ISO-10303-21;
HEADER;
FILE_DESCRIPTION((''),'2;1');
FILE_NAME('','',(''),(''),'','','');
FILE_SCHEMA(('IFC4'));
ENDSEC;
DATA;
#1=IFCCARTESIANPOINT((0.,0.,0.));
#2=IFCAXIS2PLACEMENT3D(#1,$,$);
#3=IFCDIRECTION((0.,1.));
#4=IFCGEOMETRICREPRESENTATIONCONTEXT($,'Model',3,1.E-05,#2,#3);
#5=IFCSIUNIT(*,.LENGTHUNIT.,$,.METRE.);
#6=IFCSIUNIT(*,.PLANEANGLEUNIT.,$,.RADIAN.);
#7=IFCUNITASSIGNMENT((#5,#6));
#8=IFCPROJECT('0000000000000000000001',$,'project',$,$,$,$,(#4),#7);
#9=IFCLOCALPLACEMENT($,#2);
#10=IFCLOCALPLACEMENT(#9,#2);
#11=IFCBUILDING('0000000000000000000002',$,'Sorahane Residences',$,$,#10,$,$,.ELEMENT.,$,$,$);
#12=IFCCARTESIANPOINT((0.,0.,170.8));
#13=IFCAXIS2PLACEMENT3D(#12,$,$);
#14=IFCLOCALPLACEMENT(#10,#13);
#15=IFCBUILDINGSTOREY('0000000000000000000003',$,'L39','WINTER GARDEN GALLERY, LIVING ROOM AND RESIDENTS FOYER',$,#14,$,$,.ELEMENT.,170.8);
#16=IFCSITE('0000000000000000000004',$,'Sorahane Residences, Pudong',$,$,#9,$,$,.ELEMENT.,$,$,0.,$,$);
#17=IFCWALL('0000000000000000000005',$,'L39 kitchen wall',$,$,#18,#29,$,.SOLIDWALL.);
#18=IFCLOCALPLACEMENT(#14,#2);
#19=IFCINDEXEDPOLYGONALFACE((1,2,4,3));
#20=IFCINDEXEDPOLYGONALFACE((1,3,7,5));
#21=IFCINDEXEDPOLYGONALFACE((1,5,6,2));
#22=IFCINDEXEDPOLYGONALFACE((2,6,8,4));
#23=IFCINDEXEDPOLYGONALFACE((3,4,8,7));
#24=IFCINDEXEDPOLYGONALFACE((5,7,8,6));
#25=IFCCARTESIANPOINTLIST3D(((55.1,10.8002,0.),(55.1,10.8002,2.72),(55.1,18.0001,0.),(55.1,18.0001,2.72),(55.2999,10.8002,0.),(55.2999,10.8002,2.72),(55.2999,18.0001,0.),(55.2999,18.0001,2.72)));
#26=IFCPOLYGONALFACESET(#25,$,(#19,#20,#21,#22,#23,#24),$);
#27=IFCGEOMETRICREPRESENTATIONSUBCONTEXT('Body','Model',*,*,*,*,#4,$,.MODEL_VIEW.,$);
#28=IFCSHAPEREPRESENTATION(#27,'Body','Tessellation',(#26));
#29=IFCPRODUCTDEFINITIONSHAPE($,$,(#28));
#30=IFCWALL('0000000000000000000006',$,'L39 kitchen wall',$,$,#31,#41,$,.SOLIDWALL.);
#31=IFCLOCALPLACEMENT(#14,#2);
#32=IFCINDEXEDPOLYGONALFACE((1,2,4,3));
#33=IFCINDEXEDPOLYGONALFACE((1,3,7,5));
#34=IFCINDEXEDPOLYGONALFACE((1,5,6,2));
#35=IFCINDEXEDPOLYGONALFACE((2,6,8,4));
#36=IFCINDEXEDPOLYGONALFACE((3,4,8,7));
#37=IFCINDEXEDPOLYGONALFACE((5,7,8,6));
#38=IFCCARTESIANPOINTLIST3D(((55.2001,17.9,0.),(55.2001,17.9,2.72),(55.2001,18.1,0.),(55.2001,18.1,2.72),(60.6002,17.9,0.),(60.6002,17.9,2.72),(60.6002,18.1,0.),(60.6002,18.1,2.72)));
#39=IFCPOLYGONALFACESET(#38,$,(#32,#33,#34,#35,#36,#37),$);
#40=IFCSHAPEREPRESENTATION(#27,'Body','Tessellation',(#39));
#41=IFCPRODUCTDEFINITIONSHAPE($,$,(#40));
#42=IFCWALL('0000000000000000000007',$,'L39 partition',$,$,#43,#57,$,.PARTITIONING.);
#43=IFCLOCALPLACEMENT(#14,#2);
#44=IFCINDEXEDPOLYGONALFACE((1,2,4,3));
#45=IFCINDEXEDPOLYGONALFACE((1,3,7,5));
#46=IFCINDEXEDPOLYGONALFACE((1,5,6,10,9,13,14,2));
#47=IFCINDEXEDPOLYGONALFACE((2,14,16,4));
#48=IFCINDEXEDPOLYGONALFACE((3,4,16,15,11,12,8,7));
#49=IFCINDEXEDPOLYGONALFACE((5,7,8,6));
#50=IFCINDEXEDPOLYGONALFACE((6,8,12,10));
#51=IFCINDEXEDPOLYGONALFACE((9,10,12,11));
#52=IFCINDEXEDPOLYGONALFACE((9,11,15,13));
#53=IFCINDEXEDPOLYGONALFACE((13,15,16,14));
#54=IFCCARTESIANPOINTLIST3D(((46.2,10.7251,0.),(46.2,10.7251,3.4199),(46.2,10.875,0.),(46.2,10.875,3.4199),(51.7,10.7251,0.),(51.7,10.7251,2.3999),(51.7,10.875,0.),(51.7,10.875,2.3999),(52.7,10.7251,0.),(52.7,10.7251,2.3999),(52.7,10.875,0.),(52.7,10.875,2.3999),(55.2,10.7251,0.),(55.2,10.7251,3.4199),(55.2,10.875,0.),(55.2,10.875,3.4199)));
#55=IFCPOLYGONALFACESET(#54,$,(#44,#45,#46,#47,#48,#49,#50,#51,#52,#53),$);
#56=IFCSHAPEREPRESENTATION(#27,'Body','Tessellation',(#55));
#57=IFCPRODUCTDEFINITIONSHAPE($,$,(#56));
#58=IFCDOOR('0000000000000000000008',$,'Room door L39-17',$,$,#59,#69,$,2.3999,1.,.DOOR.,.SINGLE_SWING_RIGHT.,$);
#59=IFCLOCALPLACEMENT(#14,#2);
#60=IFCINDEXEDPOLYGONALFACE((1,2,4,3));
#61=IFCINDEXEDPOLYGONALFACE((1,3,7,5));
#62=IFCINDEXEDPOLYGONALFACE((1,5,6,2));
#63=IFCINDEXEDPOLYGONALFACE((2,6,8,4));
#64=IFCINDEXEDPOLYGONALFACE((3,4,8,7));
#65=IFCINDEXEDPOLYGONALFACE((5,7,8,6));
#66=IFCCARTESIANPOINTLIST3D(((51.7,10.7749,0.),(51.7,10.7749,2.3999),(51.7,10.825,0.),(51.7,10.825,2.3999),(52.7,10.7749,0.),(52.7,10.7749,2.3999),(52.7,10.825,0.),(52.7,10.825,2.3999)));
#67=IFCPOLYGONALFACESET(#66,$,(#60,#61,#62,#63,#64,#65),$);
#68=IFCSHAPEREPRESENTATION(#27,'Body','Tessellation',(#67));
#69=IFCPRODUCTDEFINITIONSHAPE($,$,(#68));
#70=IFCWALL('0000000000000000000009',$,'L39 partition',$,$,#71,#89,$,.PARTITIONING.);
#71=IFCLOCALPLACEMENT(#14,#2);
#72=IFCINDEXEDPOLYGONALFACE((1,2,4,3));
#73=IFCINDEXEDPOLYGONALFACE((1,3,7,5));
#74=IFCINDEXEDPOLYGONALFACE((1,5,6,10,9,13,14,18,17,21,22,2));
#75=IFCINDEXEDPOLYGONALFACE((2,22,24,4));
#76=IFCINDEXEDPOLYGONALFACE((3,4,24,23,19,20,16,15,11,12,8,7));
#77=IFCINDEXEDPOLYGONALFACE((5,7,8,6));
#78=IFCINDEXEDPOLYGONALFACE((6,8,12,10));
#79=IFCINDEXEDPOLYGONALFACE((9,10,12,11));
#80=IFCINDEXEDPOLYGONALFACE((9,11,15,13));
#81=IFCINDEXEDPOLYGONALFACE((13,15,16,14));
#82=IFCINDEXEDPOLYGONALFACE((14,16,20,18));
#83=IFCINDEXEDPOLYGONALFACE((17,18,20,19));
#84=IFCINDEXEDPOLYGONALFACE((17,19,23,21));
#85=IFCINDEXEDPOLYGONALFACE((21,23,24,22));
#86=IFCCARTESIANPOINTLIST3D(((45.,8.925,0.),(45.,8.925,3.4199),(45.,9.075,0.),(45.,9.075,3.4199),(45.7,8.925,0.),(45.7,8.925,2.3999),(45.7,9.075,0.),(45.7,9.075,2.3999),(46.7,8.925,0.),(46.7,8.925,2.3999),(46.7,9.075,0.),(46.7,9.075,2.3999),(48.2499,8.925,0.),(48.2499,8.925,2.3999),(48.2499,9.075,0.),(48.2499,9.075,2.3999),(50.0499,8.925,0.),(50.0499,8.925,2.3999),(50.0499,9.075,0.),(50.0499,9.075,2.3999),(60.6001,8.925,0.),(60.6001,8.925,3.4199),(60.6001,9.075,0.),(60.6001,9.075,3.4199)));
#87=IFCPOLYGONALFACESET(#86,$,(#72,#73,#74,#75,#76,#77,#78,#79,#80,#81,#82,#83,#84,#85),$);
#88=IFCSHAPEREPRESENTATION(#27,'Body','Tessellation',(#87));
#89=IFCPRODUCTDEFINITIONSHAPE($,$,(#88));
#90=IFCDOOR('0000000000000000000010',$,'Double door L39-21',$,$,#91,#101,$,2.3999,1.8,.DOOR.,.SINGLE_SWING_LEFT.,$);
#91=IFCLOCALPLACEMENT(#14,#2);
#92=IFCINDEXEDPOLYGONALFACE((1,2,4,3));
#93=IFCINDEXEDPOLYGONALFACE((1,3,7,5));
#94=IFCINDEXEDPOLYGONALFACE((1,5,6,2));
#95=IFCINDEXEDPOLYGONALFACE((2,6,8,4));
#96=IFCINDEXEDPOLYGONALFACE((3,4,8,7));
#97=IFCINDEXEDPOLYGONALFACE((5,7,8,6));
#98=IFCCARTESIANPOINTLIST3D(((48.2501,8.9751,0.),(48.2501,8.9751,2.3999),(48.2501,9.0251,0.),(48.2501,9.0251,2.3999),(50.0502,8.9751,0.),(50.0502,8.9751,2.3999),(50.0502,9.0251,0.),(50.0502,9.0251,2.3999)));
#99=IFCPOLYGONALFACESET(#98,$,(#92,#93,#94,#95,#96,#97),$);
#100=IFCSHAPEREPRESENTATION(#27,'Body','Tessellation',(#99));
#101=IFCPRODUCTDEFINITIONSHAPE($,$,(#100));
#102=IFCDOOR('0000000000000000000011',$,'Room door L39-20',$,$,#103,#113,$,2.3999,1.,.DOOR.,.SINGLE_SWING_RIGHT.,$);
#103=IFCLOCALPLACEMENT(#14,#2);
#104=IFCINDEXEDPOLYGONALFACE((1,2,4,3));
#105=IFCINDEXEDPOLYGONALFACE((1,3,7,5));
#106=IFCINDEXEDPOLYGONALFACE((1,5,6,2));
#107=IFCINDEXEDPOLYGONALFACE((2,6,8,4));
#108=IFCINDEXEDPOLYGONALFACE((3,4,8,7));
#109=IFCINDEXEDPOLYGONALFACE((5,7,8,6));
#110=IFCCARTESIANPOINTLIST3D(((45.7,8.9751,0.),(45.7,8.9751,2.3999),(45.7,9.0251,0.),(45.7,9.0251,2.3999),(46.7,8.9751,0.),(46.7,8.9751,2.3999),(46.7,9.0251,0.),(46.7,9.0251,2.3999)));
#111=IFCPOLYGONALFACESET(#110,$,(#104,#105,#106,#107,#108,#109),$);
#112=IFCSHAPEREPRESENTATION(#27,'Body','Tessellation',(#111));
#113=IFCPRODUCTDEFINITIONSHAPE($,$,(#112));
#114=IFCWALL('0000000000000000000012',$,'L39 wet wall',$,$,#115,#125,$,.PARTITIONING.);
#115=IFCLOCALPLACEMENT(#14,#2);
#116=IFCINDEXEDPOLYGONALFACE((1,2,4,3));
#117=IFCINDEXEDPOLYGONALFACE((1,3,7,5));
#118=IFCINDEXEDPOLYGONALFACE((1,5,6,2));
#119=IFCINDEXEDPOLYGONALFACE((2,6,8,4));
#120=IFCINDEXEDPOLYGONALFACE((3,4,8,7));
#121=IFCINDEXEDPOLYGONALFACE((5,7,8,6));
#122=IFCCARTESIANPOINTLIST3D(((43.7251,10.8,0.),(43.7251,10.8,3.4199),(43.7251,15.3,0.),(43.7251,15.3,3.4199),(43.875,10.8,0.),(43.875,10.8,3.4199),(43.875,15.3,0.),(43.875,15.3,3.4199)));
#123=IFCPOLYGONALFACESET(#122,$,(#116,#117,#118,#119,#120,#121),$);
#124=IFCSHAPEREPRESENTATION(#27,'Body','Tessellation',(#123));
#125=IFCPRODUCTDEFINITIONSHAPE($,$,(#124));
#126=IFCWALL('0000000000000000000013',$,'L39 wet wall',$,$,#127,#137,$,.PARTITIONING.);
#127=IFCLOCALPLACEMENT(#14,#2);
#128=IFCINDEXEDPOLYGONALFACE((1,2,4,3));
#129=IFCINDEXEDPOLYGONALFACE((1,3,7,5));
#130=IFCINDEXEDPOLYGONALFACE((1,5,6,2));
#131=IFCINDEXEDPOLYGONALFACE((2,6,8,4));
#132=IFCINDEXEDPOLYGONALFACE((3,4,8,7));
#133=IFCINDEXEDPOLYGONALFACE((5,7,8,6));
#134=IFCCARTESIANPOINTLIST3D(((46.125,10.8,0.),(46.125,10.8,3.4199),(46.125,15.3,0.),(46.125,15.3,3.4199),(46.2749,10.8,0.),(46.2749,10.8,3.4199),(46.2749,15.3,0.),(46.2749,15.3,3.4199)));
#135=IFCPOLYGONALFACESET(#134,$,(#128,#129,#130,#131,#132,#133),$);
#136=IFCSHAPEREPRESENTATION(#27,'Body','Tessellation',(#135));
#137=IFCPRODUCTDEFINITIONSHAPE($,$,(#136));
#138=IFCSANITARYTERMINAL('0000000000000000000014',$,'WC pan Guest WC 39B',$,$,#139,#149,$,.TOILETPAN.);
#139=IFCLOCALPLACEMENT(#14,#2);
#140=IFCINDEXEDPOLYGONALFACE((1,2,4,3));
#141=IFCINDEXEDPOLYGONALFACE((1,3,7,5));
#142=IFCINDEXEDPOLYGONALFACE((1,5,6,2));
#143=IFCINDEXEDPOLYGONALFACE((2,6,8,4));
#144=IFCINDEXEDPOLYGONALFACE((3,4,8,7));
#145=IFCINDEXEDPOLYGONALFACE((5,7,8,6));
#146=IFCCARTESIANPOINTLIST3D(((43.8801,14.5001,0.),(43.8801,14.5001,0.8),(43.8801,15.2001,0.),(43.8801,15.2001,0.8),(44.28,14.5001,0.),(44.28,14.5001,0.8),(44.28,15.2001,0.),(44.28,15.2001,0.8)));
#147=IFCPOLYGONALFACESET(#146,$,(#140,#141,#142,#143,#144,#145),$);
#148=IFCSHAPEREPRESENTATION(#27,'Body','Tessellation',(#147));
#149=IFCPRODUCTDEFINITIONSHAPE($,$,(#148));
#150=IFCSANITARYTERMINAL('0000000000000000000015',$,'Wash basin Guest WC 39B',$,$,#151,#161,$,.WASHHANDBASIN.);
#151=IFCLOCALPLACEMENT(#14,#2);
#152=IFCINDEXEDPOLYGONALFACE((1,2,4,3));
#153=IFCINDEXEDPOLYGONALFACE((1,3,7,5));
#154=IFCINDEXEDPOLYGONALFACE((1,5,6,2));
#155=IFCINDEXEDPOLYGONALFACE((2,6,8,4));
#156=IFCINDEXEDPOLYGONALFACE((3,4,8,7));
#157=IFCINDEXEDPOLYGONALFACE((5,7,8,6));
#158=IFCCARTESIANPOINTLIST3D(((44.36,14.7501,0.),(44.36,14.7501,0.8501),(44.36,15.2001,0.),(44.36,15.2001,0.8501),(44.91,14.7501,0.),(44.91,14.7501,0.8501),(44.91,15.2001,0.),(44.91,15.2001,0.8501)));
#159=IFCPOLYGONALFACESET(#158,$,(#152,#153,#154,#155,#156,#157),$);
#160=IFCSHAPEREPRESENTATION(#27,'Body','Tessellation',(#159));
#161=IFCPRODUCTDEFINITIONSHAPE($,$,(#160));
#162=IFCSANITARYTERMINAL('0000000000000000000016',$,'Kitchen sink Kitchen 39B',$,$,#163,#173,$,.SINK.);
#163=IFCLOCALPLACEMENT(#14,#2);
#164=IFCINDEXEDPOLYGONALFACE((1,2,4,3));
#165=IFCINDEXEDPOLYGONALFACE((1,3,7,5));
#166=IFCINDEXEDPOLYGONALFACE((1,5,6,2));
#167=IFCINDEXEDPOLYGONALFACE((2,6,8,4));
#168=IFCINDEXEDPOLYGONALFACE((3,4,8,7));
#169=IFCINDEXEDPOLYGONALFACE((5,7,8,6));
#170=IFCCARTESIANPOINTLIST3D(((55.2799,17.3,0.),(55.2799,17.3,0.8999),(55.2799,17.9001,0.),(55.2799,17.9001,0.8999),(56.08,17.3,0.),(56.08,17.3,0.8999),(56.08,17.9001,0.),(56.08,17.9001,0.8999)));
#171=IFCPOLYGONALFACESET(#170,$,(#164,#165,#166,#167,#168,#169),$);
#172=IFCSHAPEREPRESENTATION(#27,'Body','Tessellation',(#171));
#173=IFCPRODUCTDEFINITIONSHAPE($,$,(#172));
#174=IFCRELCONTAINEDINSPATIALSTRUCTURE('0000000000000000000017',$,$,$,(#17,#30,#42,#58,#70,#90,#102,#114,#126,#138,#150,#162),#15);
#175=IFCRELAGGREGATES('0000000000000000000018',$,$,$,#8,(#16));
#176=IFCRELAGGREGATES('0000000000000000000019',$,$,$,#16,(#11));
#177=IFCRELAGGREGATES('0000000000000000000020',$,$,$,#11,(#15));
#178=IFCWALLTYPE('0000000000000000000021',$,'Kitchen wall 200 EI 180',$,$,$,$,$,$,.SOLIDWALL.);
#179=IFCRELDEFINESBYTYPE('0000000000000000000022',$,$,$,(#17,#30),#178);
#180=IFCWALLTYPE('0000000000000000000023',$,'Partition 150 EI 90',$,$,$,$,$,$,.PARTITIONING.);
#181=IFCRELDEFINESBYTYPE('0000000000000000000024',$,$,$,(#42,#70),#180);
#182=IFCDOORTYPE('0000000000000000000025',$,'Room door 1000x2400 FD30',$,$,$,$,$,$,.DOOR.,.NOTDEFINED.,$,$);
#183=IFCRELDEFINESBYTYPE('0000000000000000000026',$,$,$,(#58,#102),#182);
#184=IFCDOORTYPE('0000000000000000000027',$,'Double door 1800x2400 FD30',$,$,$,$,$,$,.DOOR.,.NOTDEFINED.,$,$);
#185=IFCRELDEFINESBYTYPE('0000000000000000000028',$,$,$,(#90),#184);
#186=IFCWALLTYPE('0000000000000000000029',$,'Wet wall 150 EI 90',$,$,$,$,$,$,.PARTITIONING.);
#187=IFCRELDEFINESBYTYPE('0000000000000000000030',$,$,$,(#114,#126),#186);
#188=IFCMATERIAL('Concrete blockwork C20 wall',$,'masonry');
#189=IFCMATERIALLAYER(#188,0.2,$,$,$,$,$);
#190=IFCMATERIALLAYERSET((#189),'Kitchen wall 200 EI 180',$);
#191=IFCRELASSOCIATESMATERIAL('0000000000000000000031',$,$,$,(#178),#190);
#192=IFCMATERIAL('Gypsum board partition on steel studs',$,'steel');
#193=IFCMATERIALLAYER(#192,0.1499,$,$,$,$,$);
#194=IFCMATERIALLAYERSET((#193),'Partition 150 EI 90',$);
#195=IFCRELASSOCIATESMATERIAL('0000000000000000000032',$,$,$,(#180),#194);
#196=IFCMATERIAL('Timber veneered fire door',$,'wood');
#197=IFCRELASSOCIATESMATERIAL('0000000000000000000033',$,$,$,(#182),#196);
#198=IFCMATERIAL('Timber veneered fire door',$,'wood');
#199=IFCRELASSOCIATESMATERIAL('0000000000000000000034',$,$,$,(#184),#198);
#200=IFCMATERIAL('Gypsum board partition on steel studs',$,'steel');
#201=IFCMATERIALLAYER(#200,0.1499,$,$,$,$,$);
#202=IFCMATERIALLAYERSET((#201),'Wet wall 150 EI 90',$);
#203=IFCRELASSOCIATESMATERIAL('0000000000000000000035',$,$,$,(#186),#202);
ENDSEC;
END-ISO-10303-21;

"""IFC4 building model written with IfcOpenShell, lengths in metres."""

from ifc_helpers import new_model, si_unit, direction, frame, frame_2d, origin, origin_2d, place, context, subcontext, project, spatial, rectangle, extrude, material, layer, layer_set, type_object, element, fill, save


model = new_model("IFC4")

# Units and contexts
model_context = context("Model", 3, precision=1e-05, world=origin(), true_north=direction((0.0, 1.0)))
body_context = subcontext(model_context, "Body", "Model", "MODEL_VIEW")
ifc_project = project(units=[si_unit("LENGTHUNIT", "METRE"), si_unit("PLANEANGLEUNIT", "RADIAN")], contexts=[model_context])

# Site, building, storey
site_placement = place(None, origin())
site = spatial("IfcSite", under=ifc_project, at=site_placement, Name="Sorahane Residences, Pudong", CompositionType="ELEMENT", RefElevation=0.0)
building_placement = place(site_placement, origin())
building = spatial("IfcBuilding", under=site, at=building_placement, Name="Sorahane Residences", CompositionType="ELEMENT")
storey_placement = place(building_placement, frame((0.0, 0.0, 170.8)))
storey = spatial("IfcBuildingStorey", under=building, at=storey_placement, Name="L39", Description="WINTER GARDEN GALLERY, LIVING ROOM AND RESIDENTS FOYER", CompositionType="ELEMENT", Elevation=170.8)

# Wall
ifc_material_1 = material(Name="Concrete blockwork C20 wall", Category="masonry")
ifc_layer_1 = layer(ifc_material_1, 0.2)
ifc_layer_set_1 = layer_set([ifc_layer_1], Name="Kitchen wall 200 EI 180")
wall_type_1 = type_object("IfcWallType", Name="Kitchen wall 200 EI 180", PredefinedType="SOLIDWALL", material=ifc_layer_set_1)
wall_1_placement = place(storey_placement, frame((55.2, 10.8, 0.0), z_axis=(0.0, 0.0, 1.0), x_axis=(0.0, 1.0, 0.0)))
element("IfcWall", 1, at=wall_1_placement, inside=storey, type_object=wall_type_1, Name="L39 kitchen wall", PredefinedType="SOLIDWALL", context=body_context, shape_type="SweptSolid", body=[
    extrude(rectangle(XDim=7.2, YDim=0.2, at=frame_2d((3.6001, 0.0))), origin(), (0.0, 0.0, 1.0), 2.72),
])

# Wall
wall_2_placement = place(storey_placement, frame((55.2, 18.0, 0.0), z_axis=(0.0, 0.0, 1.0), x_axis=(1.0, 0.0, 0.0)))
element("IfcWall", 2, at=wall_2_placement, inside=storey, type_object=wall_type_1, Name="L39 kitchen wall", PredefinedType="SOLIDWALL", context=body_context, shape_type="SweptSolid", body=[
    extrude(rectangle(XDim=5.4001, YDim=0.2, at=frame_2d((2.7002, 0.0))), origin(), (0.0, 0.0, 1.0), 2.72),
])

# Wall, opening, door
ifc_material_2 = material(Name="Gypsum board partition on steel studs", Category="steel")
ifc_layer_2 = layer(ifc_material_2, 0.1499)
ifc_layer_set_2 = layer_set([ifc_layer_2], Name="Partition 150 EI 90")
wall_type_2 = type_object("IfcWallType", Name="Partition 150 EI 90", PredefinedType="PARTITIONING", material=ifc_layer_set_2)
wall_3_placement = place(storey_placement, frame((46.2, 10.8, 0.0), z_axis=(0.0, 0.0, 1.0), x_axis=(1.0, 0.0, 0.0)))
wall_3 = element("IfcWall", 3, at=wall_3_placement, inside=storey, type_object=wall_type_2, Name="L39 partition", PredefinedType="PARTITIONING", context=body_context, shape_type="SweptSolid", body=[
    extrude(rectangle(XDim=9.0, YDim=0.1499, at=frame_2d((4.5, 0.0))), origin(), (0.0, 0.0, 1.0), 3.4199),
])
opening_1_placement = place(wall_3_placement, frame((5.5, 0.0, 0.0)))
opening_1 = element("IfcOpeningElement", 4, at=opening_1_placement, cuts=wall_3, PredefinedType="OPENING", context=body_context, shape_type="SweptSolid", body=[
    extrude(rectangle(XDim=1.0, YDim=2.3999, at=frame_2d((0.5, 1.2))), frame((0.0, 0.085, 0.0), z_axis=(0.0, -1.0, 0.0), x_axis=(1.0, 0.0, 0.0)), (0.0, 0.0, 1.0), 0.1699),
])
ifc_material_3 = material(Name="Timber veneered fire door", Category="wood")
door_type_1 = type_object("IfcDoorType", Name="Room door 1000x2400 FD30", OperationType="NOTDEFINED", PredefinedType="DOOR", material=ifc_material_3)
door_1_placement = place(opening_1_placement, origin())
door_1 = element("IfcDoor", 5, at=door_1_placement, inside=storey, type_object=door_type_1, Name="Room door L39-17", OperationType="SINGLE_SWING_RIGHT", OverallHeight=2.3999, OverallWidth=1.0, PredefinedType="DOOR", context=body_context, shape_type="SweptSolid", body=[
    extrude(rectangle(XDim=1.0, YDim=2.3999, at=frame_2d((0.5, 1.2))), frame((0.0, 0.0249, 0.0), z_axis=(0.0, -1.0, 0.0), x_axis=(1.0, 0.0, 0.0)), (0.0, 0.0, 1.0), 0.05),
])
fill(opening_1, door_1)

# Wall, openings, doors
wall_4_placement = place(storey_placement, frame((45.0, 9.0, 0.0), z_axis=(0.0, 0.0, 1.0), x_axis=(1.0, 0.0, 0.0)))
wall_4 = element("IfcWall", 6, at=wall_4_placement, inside=storey, type_object=wall_type_2, Name="L39 partition", PredefinedType="PARTITIONING", context=body_context, shape_type="SweptSolid", body=[
    extrude(rectangle(XDim=15.6001, YDim=0.1499, at=frame_2d((7.8, 0.0))), origin(), (0.0, 0.0, 1.0), 3.4199),
])
opening_2_placement = place(wall_4_placement, frame((0.7, 0.0, 0.0)))
opening_2 = element("IfcOpeningElement", 7, at=opening_2_placement, cuts=wall_4, PredefinedType="OPENING", context=body_context, shape_type="SweptSolid", body=[
    extrude(rectangle(XDim=1.0, YDim=2.3999, at=frame_2d((0.5, 1.2))), frame((0.0, 0.085, 0.0), z_axis=(0.0, -1.0, 0.0), x_axis=(1.0, 0.0, 0.0)), (0.0, 0.0, 1.0), 0.1699),
])
opening_3_placement = place(wall_4_placement, frame((3.25, 0.0, 0.0)))
opening_3 = element("IfcOpeningElement", 8, at=opening_3_placement, cuts=wall_4, PredefinedType="OPENING", context=body_context, shape_type="SweptSolid", body=[
    extrude(rectangle(XDim=1.8, YDim=2.3999, at=frame_2d((0.8999, 1.2))), frame((0.0, 0.085, 0.0), z_axis=(0.0, -1.0, 0.0), x_axis=(1.0, 0.0, 0.0)), (0.0, 0.0, 1.0), 0.1699),
])
ifc_material_4 = material(Name="Timber veneered fire door", Category="wood")
door_type_2 = type_object("IfcDoorType", Name="Double door 1800x2400 FD30", OperationType="NOTDEFINED", PredefinedType="DOOR", material=ifc_material_4)
door_2_placement = place(opening_3_placement, frame((1.8, 0.0, 0.0), z_axis=(0.0, 0.0, 1.0), x_axis=(-1.0, 0.0, 0.0)))
door_2 = element("IfcDoor", 9, at=door_2_placement, inside=storey, type_object=door_type_2, Name="Double door L39-21", OperationType="SINGLE_SWING_LEFT", OverallHeight=2.3999, OverallWidth=1.8, PredefinedType="DOOR", context=body_context, shape_type="SweptSolid", body=[
    extrude(rectangle(XDim=1.8, YDim=2.3999, at=frame_2d((0.8999, 1.2))), frame((0.0, 0.0249, 0.0), z_axis=(0.0, -1.0, 0.0), x_axis=(1.0, 0.0, 0.0)), (0.0, 0.0, 1.0), 0.05),
])
fill(opening_3, door_2)
door_3_placement = place(opening_2_placement, frame((1.0, 0.0, 0.0), z_axis=(0.0, 0.0, 1.0), x_axis=(-1.0, 0.0, 0.0)))
door_3 = element("IfcDoor", 10, at=door_3_placement, inside=storey, type_object=door_type_1, Name="Room door L39-20", OperationType="SINGLE_SWING_RIGHT", OverallHeight=2.3999, OverallWidth=1.0, PredefinedType="DOOR", context=body_context, shape_type="SweptSolid", body=[
    extrude(rectangle(XDim=1.0, YDim=2.3999, at=frame_2d((0.5, 1.2))), frame((0.0, 0.0249, 0.0), z_axis=(0.0, -1.0, 0.0), x_axis=(1.0, 0.0, 0.0)), (0.0, 0.0, 1.0), 0.05),
])
fill(opening_2, door_3)

# Walls
ifc_material_5 = material(Name="Gypsum board partition on steel studs", Category="steel")
ifc_layer_3 = layer(ifc_material_5, 0.1499)
ifc_layer_set_3 = layer_set([ifc_layer_3], Name="Wet wall 150 EI 90")
wall_type_3 = type_object("IfcWallType", Name="Wet wall 150 EI 90", PredefinedType="PARTITIONING", material=ifc_layer_set_3)
for number, where, z_axis, x_axis, name in (
    (11, (43.8, 10.8, 0.0), (0.0, 0.0, 1.0), (0.0, 1.0, 0.0), "L39 wet wall"),
    (12, (46.2, 10.8, 0.0), (0.0, 0.0, 1.0), (0.0, 1.0, 0.0), "L39 wet wall"),
):
    element("IfcWall", number, at=place(storey_placement, frame(where, z_axis=z_axis, x_axis=x_axis)), inside=storey, type_object=wall_type_3, Name=name, PredefinedType="PARTITIONING", context=body_context, shape_type="SweptSolid", body=[
        extrude(rectangle(XDim=4.5, YDim=0.1499, at=frame_2d((2.25, 0.0))), origin(), (0.0, 0.0, 1.0), 3.4199),
    ])

# Sanitary terminals
sanitary_terminal_1_placement = place(storey_placement, frame((44.0801, 14.8501, 0.0), z_axis=(0.0, 0.0, 1.0), x_axis=(1.0, 0.0, 0.0)))
element("IfcSanitaryTerminal", 13, at=sanitary_terminal_1_placement, inside=storey, Name="WC pan Guest WC 39B", PredefinedType="TOILETPAN", context=body_context, shape_type="SweptSolid", body=[
    extrude(rectangle(XDim=0.3999, YDim=0.7, at=origin_2d()), origin(), (0.0, 0.0, 1.0), 0.8),
])
sanitary_terminal_2_placement = place(storey_placement, frame((44.635, 14.9751, 0.0), z_axis=(0.0, 0.0, 1.0), x_axis=(1.0, 0.0, 0.0)))
element("IfcSanitaryTerminal", 14, at=sanitary_terminal_2_placement, inside=storey, Name="Wash basin Guest WC 39B", PredefinedType="WASHHANDBASIN", context=body_context, shape_type="SweptSolid", body=[
    extrude(rectangle(XDim=0.55, YDim=0.45, at=origin_2d()), origin(), (0.0, 0.0, 1.0), 0.8501),
])
sanitary_terminal_3_placement = place(storey_placement, frame((55.6799, 17.6001, 0.0), z_axis=(0.0, 0.0, 1.0), x_axis=(1.0, 0.0, 0.0)))
element("IfcSanitaryTerminal", 15, at=sanitary_terminal_3_placement, inside=storey, Name="Kitchen sink Kitchen 39B", PredefinedType="SINK", context=body_context, shape_type="SweptSolid", body=[
    extrude(rectangle(XDim=0.8, YDim=0.6001, at=origin_2d()), origin(), (0.0, 0.0, 1.0), 0.8999),
])

save(model, "model.ifc")
